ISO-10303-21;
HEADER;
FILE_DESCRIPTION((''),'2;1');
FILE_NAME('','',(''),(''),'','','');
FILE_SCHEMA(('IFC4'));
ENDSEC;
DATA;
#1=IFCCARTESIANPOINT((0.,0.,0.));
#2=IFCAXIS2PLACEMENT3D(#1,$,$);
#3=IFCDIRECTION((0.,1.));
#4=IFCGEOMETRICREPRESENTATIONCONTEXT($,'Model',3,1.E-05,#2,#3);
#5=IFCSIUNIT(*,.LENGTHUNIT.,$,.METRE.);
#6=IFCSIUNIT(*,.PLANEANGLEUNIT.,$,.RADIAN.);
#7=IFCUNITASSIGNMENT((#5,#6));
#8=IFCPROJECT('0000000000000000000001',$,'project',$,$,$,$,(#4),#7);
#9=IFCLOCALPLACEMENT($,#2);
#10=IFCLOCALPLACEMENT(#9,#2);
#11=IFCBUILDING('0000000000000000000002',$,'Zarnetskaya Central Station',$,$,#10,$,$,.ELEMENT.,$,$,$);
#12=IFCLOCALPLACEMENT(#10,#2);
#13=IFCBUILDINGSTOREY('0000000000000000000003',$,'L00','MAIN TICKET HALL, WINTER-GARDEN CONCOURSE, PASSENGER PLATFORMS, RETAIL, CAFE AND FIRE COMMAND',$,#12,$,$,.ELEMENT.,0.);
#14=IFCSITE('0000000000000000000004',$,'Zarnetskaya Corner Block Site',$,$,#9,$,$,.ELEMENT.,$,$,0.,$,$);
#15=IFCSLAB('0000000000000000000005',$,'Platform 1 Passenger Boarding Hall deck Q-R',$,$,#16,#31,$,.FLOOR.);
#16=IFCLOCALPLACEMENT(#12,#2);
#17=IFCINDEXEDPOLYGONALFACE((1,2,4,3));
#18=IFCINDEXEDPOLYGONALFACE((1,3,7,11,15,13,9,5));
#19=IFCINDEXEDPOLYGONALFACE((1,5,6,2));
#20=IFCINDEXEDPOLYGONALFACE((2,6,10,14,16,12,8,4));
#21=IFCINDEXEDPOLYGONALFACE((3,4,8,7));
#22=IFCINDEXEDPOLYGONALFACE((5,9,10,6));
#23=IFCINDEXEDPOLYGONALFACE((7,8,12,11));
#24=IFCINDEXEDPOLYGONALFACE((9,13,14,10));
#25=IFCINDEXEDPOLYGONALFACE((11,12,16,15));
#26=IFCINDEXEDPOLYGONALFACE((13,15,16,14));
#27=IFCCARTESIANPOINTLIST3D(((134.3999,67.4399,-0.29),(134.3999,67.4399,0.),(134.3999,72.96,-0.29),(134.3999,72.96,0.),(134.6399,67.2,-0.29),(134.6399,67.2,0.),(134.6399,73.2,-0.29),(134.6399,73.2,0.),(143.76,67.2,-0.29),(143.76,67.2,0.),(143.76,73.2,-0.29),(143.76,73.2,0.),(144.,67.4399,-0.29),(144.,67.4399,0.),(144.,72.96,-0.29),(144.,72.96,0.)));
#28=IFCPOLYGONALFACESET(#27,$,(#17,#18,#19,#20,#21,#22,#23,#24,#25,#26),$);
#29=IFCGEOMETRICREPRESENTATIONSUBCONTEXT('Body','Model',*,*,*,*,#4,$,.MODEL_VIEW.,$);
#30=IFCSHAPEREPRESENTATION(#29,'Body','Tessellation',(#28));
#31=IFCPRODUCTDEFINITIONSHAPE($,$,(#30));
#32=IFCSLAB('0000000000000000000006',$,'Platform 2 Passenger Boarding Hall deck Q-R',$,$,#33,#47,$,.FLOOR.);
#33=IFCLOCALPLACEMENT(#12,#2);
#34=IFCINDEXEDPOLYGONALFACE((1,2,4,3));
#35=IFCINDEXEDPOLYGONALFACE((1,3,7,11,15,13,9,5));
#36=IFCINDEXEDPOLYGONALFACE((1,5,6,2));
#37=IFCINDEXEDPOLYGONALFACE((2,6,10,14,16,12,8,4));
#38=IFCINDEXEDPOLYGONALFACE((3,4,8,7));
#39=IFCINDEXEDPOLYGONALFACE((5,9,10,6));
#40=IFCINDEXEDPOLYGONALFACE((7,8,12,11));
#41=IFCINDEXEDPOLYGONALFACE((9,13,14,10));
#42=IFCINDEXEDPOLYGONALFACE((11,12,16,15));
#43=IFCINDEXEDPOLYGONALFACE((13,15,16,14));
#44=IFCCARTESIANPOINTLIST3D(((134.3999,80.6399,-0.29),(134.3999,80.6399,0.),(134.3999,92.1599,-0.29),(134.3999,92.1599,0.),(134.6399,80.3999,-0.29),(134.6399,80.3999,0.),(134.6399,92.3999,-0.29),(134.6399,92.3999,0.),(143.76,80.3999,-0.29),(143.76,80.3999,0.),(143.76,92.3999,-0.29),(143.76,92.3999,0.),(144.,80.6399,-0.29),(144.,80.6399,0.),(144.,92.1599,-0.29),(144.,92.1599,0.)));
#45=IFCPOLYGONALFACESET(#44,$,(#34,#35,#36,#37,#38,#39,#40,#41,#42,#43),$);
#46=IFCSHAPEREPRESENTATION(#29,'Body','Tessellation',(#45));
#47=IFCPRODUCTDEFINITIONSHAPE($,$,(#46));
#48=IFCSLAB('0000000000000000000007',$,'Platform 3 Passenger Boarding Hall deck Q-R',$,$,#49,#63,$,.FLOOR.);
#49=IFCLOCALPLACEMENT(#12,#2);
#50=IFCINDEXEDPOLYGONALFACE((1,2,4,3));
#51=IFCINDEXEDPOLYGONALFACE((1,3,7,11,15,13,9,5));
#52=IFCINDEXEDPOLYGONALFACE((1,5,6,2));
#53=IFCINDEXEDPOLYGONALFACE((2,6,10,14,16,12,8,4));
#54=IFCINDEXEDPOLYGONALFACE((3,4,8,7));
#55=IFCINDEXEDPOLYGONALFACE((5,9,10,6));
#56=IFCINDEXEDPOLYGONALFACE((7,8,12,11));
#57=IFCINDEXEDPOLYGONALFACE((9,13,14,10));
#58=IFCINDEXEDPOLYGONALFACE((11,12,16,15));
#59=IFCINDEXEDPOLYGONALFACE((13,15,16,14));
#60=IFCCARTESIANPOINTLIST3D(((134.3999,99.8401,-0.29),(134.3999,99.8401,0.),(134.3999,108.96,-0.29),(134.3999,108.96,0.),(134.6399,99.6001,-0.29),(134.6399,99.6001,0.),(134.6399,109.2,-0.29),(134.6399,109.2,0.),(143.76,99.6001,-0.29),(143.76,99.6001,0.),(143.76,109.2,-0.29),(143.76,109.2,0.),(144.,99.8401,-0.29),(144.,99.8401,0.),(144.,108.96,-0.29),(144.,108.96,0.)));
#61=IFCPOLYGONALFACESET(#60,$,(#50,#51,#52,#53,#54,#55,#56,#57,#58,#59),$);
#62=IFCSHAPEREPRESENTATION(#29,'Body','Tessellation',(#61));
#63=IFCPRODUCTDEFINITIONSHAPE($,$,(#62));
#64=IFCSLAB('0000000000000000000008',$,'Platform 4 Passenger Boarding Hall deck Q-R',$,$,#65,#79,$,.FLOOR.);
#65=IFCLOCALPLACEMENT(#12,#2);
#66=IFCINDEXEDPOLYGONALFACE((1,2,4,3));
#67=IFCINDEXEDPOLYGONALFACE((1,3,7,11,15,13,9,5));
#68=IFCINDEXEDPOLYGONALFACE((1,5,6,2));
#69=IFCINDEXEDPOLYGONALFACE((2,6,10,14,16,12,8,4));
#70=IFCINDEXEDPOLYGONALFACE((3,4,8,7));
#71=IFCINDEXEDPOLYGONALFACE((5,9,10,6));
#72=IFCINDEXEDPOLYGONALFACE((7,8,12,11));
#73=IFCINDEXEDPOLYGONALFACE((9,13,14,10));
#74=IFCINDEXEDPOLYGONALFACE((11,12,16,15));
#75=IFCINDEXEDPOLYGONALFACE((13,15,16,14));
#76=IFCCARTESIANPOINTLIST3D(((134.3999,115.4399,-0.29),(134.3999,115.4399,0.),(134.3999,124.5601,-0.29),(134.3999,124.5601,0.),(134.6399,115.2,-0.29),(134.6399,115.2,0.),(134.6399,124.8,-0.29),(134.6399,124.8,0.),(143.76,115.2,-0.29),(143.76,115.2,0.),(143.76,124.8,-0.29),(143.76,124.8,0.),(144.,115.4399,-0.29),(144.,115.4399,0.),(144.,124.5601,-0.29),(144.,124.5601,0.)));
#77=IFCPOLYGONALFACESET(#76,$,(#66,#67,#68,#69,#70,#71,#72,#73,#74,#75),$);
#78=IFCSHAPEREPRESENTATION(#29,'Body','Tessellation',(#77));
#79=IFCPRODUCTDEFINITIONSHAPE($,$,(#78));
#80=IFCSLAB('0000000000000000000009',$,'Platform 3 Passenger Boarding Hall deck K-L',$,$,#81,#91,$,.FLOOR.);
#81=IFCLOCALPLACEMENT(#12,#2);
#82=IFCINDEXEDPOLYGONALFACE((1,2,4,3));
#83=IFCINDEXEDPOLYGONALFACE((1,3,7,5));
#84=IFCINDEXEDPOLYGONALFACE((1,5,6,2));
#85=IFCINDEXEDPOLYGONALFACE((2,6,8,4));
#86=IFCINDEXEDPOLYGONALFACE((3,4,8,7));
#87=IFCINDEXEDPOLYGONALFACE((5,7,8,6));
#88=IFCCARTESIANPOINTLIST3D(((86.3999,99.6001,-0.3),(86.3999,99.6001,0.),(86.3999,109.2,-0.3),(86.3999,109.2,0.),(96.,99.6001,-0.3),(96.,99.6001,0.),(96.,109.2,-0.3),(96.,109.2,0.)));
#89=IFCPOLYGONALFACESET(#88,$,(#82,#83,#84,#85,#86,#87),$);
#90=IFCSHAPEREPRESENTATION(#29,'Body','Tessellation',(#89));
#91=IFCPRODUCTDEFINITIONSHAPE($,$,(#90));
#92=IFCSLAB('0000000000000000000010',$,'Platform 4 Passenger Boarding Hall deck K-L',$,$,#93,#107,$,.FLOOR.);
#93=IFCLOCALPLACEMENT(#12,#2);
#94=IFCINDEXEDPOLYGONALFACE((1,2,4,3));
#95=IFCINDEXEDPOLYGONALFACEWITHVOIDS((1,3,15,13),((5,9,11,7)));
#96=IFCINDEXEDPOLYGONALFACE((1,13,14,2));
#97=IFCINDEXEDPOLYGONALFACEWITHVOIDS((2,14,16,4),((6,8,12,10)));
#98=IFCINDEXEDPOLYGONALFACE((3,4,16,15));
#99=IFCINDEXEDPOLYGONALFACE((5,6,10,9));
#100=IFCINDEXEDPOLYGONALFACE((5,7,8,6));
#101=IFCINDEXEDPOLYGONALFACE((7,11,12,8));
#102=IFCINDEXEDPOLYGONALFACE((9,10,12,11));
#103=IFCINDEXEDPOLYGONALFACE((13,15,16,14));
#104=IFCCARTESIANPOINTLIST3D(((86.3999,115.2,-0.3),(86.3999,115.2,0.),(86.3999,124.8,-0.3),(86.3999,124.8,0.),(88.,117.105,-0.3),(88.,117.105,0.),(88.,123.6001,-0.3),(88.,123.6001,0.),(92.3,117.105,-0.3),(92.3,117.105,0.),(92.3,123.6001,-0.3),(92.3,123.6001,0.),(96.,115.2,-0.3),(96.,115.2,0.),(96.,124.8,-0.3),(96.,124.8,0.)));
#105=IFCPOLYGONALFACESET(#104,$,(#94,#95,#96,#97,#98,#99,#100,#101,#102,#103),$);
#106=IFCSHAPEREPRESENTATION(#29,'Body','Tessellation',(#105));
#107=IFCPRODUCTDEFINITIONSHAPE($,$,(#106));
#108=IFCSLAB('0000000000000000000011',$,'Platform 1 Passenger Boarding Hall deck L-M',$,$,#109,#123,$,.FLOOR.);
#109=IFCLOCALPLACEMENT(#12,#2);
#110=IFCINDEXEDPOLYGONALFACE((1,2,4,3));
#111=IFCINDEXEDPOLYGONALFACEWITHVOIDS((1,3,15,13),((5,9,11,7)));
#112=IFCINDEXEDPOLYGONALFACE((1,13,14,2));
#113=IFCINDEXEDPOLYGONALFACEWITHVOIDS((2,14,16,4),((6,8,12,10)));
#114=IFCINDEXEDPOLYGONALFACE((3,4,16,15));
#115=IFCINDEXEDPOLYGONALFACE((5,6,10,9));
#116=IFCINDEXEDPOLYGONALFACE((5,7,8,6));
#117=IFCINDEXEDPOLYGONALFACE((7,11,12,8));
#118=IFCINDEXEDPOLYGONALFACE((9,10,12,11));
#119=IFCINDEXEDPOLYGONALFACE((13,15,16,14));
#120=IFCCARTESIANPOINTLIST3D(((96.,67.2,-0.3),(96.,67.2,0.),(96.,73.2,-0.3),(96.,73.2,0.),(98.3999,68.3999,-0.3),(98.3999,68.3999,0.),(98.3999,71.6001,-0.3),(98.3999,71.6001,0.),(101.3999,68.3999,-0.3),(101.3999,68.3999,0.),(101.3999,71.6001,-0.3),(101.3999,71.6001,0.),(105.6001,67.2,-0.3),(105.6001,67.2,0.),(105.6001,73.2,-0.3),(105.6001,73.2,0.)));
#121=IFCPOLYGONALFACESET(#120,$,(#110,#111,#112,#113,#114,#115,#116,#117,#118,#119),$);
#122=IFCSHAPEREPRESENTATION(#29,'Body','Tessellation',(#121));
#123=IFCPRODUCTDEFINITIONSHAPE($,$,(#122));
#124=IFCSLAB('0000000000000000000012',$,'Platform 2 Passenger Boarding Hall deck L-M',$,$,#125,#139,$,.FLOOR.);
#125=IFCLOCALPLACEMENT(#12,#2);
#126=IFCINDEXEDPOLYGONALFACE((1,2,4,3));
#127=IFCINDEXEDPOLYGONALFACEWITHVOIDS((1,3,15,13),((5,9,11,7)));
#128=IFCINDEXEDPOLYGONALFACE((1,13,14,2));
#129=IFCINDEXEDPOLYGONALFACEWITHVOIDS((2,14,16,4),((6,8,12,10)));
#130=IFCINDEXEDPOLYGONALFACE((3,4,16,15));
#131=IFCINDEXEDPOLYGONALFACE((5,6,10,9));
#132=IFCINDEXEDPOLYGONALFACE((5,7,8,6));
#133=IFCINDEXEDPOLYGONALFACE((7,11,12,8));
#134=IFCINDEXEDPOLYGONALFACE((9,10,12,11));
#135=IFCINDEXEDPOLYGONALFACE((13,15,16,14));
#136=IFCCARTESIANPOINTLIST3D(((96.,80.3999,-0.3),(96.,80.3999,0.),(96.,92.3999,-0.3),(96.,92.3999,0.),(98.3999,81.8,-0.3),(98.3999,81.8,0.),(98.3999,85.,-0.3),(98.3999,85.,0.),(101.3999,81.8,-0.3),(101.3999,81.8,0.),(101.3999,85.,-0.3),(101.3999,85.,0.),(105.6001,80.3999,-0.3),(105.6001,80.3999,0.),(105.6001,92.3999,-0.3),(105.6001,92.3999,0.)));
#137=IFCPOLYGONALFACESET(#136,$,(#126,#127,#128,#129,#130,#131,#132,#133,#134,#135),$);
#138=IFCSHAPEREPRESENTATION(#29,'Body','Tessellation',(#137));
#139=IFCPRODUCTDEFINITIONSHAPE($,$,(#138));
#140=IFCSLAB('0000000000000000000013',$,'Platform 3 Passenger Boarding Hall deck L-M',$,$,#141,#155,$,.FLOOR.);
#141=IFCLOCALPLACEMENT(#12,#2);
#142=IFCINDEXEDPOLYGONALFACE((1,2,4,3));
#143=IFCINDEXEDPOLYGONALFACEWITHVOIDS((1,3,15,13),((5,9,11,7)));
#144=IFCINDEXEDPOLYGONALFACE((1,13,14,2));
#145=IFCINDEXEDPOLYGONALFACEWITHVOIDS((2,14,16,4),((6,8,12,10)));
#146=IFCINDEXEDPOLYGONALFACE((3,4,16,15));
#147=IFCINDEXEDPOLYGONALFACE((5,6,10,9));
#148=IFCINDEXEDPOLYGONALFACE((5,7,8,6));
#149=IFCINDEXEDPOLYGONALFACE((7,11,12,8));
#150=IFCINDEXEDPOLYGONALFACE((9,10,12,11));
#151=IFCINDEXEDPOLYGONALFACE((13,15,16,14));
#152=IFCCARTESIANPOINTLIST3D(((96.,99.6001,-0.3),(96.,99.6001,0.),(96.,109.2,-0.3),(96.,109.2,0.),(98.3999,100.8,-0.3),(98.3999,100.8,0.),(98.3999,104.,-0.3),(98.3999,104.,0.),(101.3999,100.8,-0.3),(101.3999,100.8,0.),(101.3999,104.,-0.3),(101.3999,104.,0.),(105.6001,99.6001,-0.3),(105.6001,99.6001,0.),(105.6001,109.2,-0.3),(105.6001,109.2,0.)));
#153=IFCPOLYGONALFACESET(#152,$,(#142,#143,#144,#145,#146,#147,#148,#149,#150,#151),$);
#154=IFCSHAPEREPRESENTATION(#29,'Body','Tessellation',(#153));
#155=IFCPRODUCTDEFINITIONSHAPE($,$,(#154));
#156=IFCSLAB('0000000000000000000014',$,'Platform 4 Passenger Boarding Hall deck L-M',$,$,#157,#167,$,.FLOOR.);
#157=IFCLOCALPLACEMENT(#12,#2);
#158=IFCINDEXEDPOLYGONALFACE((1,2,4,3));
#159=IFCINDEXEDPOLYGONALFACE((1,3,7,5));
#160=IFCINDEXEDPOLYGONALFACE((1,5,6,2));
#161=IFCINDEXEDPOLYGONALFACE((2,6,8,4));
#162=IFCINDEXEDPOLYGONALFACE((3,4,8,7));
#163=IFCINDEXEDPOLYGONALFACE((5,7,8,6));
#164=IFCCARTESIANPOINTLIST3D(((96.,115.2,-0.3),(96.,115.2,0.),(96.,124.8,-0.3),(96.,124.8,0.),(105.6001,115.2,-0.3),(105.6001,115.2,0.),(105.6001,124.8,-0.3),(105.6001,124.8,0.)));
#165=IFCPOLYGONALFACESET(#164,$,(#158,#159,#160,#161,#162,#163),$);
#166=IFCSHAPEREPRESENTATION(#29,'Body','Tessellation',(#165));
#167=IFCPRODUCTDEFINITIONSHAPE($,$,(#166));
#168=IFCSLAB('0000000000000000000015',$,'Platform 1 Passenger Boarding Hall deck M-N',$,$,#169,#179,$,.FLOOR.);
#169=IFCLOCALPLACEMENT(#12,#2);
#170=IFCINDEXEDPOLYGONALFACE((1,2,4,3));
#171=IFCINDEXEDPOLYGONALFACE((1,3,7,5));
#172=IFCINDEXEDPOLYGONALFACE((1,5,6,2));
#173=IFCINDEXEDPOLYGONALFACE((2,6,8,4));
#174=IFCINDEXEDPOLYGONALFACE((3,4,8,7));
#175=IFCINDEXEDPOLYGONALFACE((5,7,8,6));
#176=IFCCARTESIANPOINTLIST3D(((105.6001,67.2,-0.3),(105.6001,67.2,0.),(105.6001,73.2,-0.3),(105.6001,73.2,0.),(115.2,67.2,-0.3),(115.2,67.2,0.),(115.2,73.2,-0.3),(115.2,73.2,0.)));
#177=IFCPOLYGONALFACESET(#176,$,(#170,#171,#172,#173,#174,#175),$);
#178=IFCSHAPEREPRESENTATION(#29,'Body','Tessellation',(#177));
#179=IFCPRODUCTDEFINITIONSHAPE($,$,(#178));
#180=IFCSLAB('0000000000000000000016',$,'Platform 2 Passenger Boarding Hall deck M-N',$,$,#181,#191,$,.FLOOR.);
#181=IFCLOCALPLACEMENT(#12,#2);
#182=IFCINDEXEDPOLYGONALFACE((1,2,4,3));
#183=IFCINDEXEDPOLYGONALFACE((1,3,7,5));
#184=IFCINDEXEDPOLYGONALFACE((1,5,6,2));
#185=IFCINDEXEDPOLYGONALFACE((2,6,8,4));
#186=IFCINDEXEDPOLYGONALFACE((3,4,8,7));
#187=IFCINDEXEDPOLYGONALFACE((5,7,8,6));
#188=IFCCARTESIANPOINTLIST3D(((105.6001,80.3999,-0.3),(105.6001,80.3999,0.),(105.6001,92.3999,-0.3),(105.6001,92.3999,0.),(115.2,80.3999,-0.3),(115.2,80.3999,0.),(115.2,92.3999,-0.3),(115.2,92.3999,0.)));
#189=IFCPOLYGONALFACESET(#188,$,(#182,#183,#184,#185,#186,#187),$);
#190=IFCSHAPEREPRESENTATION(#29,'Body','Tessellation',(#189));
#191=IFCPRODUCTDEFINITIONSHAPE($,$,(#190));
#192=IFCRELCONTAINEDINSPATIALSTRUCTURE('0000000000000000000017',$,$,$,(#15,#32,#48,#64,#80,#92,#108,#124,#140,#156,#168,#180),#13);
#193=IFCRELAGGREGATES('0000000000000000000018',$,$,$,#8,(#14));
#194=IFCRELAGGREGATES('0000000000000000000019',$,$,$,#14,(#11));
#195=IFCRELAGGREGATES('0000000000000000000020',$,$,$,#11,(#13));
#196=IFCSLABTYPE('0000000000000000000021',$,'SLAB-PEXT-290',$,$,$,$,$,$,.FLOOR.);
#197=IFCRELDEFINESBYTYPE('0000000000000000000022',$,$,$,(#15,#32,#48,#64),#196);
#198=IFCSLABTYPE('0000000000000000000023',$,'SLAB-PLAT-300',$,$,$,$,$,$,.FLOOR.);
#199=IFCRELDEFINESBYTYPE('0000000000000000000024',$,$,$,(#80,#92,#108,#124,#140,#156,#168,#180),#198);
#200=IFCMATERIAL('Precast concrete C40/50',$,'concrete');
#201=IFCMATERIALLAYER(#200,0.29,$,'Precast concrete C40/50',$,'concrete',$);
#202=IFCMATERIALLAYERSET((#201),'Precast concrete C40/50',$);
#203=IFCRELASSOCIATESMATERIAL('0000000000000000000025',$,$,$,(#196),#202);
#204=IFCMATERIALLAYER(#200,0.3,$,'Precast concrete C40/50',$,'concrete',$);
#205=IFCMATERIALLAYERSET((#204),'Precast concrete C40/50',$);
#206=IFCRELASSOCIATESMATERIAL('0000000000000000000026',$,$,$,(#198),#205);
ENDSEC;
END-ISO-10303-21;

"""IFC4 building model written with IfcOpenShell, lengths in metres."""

from ifc_helpers import new_model, si_unit, direction, frame, origin, place, context, subcontext, project, spatial, polyline, outline, extrude, material, layer, layer_set, type_object, element, save


model = new_model("IFC4")

# Units and contexts
model_context = context("Model", 3, precision=1e-05, world=origin(), true_north=direction((0.0, 1.0)))
body_context = subcontext(model_context, "Body", "Model", "MODEL_VIEW")
ifc_project = project(units=[si_unit("LENGTHUNIT", "METRE"), si_unit("PLANEANGLEUNIT", "RADIAN")], contexts=[model_context])

# Site, building, storey
site_placement = place(None, origin())
site = spatial("IfcSite", under=ifc_project, at=site_placement, Name="Zarnetskaya Corner Block Site", CompositionType="ELEMENT", RefElevation=0.0)
building_placement = place(site_placement, origin())
building = spatial("IfcBuilding", under=site, at=building_placement, Name="Zarnetskaya Central Station", CompositionType="ELEMENT")
storey_placement = place(building_placement, origin())
storey = spatial("IfcBuildingStorey", under=building, at=storey_placement, Name="L00", Description="MAIN TICKET HALL, WINTER-GARDEN CONCOURSE, PASSENGER PLATFORMS, RETAIL, CAFE AND FIRE COMMAND", CompositionType="ELEMENT", Elevation=0.0)

# Slabs
ifc_material = material(Name="Precast concrete C40/50", Category="concrete")
ifc_layer_1 = layer(ifc_material, 0.29, Name="Precast concrete C40/50", Category="concrete")
ifc_layer_set_1 = layer_set([ifc_layer_1], Name="Precast concrete C40/50")
slab_type_1 = type_object("IfcSlabType", Name="SLAB-PEXT-290", PredefinedType="FLOOR", material=ifc_layer_set_1)
slab_1_placement = place(storey_placement, frame((0.0, 0.0, -0.29)))
element("IfcSlab", 1, at=slab_1_placement, inside=storey, type_object=slab_type_1, Name="Platform 1 Passenger Boarding Hall deck Q-R", PredefinedType="FLOOR", context=body_context, shape_type="SweptSolid", body=[
    extrude(outline(polyline([(134.6399, 67.2), (143.76, 67.2), (144.0, 67.4399), (144.0, 72.96), (143.76, 73.2), (134.6399, 73.2), (134.3999, 72.96), (134.3999, 67.4399), (134.6399, 67.2)])), origin(), (0.0, 0.0, 1.0), 0.29),
])
slab_2_placement = place(storey_placement, frame((0.0, 0.0, -0.29)))
element("IfcSlab", 2, at=slab_2_placement, inside=storey, type_object=slab_type_1, Name="Platform 2 Passenger Boarding Hall deck Q-R", PredefinedType="FLOOR", context=body_context, shape_type="SweptSolid", body=[
    extrude(outline(polyline([(134.6399, 80.3999), (143.76, 80.3999), (144.0, 80.6399), (144.0, 92.1599), (143.76, 92.3999), (134.6399, 92.3999), (134.3999, 92.1599), (134.3999, 80.6399), (134.6399, 80.3999)])), origin(), (0.0, 0.0, 1.0), 0.29),
])
slab_3_placement = place(storey_placement, frame((0.0, 0.0, -0.29)))
element("IfcSlab", 3, at=slab_3_placement, inside=storey, type_object=slab_type_1, Name="Platform 3 Passenger Boarding Hall deck Q-R", PredefinedType="FLOOR", context=body_context, shape_type="SweptSolid", body=[
    extrude(outline(polyline([(134.6399, 99.6001), (143.76, 99.6001), (144.0, 99.8401), (144.0, 108.96), (143.76, 109.2), (134.6399, 109.2), (134.3999, 108.96), (134.3999, 99.8401), (134.6399, 99.6001)])), origin(), (0.0, 0.0, 1.0), 0.29),
])
slab_4_placement = place(storey_placement, frame((0.0, 0.0, -0.29)))
element("IfcSlab", 4, at=slab_4_placement, inside=storey, type_object=slab_type_1, Name="Platform 4 Passenger Boarding Hall deck Q-R", PredefinedType="FLOOR", context=body_context, shape_type="SweptSolid", body=[
    extrude(outline(polyline([(134.6399, 115.2), (143.76, 115.2), (144.0, 115.4399), (144.0, 124.5601), (143.76, 124.8), (134.6399, 124.8), (134.3999, 124.5601), (134.3999, 115.4399), (134.6399, 115.2)])), origin(), (0.0, 0.0, 1.0), 0.29),
])
ifc_layer_2 = layer(ifc_material, 0.3, Name="Precast concrete C40/50", Category="concrete")
ifc_layer_set_2 = layer_set([ifc_layer_2], Name="Precast concrete C40/50")
slab_type_2 = type_object("IfcSlabType", Name="SLAB-PLAT-300", PredefinedType="FLOOR", material=ifc_layer_set_2)
slab_5_placement = place(storey_placement, frame((0.0, 0.0, -0.3)))
element("IfcSlab", 5, at=slab_5_placement, inside=storey, type_object=slab_type_2, Name="Platform 3 Passenger Boarding Hall deck K-L", PredefinedType="FLOOR", context=body_context, shape_type="SweptSolid", body=[
    extrude(outline(polyline([(86.3999, 99.6001), (96.0, 99.6001), (96.0, 109.2), (86.3999, 109.2), (86.3999, 99.6001)])), origin(), (0.0, 0.0, 1.0), 0.3),
])
slab_6_placement = place(storey_placement, frame((0.0, 0.0, -0.3)))
element("IfcSlab", 6, at=slab_6_placement, inside=storey, type_object=slab_type_2, Name="Platform 4 Passenger Boarding Hall deck K-L", PredefinedType="FLOOR", context=body_context, shape_type="SweptSolid", body=[
    extrude(outline(polyline([(86.3999, 115.2), (96.0, 115.2), (96.0, 124.8), (86.3999, 124.8), (86.3999, 115.2)]), holes=[polyline([(88.0, 117.105), (92.3, 117.105), (92.3, 123.6001), (88.0, 123.6001), (88.0, 117.105)])]), origin(), (0.0, 0.0, 1.0), 0.3),
])
slab_7_placement = place(storey_placement, frame((0.0, 0.0, -0.3)))
element("IfcSlab", 7, at=slab_7_placement, inside=storey, type_object=slab_type_2, Name="Platform 1 Passenger Boarding Hall deck L-M", PredefinedType="FLOOR", context=body_context, shape_type="SweptSolid", body=[
    extrude(outline(polyline([(96.0, 67.2), (105.6001, 67.2), (105.6001, 73.2), (96.0, 73.2), (96.0, 67.2)]), holes=[polyline([(98.3999, 68.3999), (101.3999, 68.3999), (101.3999, 71.6001), (98.3999, 71.6001), (98.3999, 68.3999)])]), origin(), (0.0, 0.0, 1.0), 0.3),
])
slab_8_placement = place(storey_placement, frame((0.0, 0.0, -0.3)))
element("IfcSlab", 8, at=slab_8_placement, inside=storey, type_object=slab_type_2, Name="Platform 2 Passenger Boarding Hall deck L-M", PredefinedType="FLOOR", context=body_context, shape_type="SweptSolid", body=[
    extrude(outline(polyline([(96.0, 80.3999), (105.6001, 80.3999), (105.6001, 92.3999), (96.0, 92.3999), (96.0, 80.3999)]), holes=[polyline([(98.3999, 81.8), (101.3999, 81.8), (101.3999, 85.0), (98.3999, 85.0), (98.3999, 81.8)])]), origin(), (0.0, 0.0, 1.0), 0.3),
])
slab_9_placement = place(storey_placement, frame((0.0, 0.0, -0.3)))
element("IfcSlab", 9, at=slab_9_placement, inside=storey, type_object=slab_type_2, Name="Platform 3 Passenger Boarding Hall deck L-M", PredefinedType="FLOOR", context=body_context, shape_type="SweptSolid", body=[
    extrude(outline(polyline([(96.0, 99.6001), (105.6001, 99.6001), (105.6001, 109.2), (96.0, 109.2), (96.0, 99.6001)]), holes=[polyline([(98.3999, 100.8), (101.3999, 100.8), (101.3999, 104.0), (98.3999, 104.0), (98.3999, 100.8)])]), origin(), (0.0, 0.0, 1.0), 0.3),
])
slab_10_placement = place(storey_placement, frame((0.0, 0.0, -0.3)))
element("IfcSlab", 10, at=slab_10_placement, inside=storey, type_object=slab_type_2, Name="Platform 4 Passenger Boarding Hall deck L-M", PredefinedType="FLOOR", context=body_context, shape_type="SweptSolid", body=[
    extrude(outline(polyline([(96.0, 115.2), (105.6001, 115.2), (105.6001, 124.8), (96.0, 124.8), (96.0, 115.2)])), origin(), (0.0, 0.0, 1.0), 0.3),
])
slab_11_placement = place(storey_placement, frame((0.0, 0.0, -0.3)))
element("IfcSlab", 11, at=slab_11_placement, inside=storey, type_object=slab_type_2, Name="Platform 1 Passenger Boarding Hall deck M-N", PredefinedType="FLOOR", context=body_context, shape_type="SweptSolid", body=[
    extrude(outline(polyline([(105.6001, 67.2), (115.2, 67.2), (115.2, 73.2), (105.6001, 73.2), (105.6001, 67.2)])), origin(), (0.0, 0.0, 1.0), 0.3),
])
slab_12_placement = place(storey_placement, frame((0.0, 0.0, -0.3)))
element("IfcSlab", 12, at=slab_12_placement, inside=storey, type_object=slab_type_2, Name="Platform 2 Passenger Boarding Hall deck M-N", PredefinedType="FLOOR", context=body_context, shape_type="SweptSolid", body=[
    extrude(outline(polyline([(105.6001, 80.3999), (115.2, 80.3999), (115.2, 92.3999), (105.6001, 92.3999), (105.6001, 80.3999)])), origin(), (0.0, 0.0, 1.0), 0.3),
])

save(model, "model.ifc")
